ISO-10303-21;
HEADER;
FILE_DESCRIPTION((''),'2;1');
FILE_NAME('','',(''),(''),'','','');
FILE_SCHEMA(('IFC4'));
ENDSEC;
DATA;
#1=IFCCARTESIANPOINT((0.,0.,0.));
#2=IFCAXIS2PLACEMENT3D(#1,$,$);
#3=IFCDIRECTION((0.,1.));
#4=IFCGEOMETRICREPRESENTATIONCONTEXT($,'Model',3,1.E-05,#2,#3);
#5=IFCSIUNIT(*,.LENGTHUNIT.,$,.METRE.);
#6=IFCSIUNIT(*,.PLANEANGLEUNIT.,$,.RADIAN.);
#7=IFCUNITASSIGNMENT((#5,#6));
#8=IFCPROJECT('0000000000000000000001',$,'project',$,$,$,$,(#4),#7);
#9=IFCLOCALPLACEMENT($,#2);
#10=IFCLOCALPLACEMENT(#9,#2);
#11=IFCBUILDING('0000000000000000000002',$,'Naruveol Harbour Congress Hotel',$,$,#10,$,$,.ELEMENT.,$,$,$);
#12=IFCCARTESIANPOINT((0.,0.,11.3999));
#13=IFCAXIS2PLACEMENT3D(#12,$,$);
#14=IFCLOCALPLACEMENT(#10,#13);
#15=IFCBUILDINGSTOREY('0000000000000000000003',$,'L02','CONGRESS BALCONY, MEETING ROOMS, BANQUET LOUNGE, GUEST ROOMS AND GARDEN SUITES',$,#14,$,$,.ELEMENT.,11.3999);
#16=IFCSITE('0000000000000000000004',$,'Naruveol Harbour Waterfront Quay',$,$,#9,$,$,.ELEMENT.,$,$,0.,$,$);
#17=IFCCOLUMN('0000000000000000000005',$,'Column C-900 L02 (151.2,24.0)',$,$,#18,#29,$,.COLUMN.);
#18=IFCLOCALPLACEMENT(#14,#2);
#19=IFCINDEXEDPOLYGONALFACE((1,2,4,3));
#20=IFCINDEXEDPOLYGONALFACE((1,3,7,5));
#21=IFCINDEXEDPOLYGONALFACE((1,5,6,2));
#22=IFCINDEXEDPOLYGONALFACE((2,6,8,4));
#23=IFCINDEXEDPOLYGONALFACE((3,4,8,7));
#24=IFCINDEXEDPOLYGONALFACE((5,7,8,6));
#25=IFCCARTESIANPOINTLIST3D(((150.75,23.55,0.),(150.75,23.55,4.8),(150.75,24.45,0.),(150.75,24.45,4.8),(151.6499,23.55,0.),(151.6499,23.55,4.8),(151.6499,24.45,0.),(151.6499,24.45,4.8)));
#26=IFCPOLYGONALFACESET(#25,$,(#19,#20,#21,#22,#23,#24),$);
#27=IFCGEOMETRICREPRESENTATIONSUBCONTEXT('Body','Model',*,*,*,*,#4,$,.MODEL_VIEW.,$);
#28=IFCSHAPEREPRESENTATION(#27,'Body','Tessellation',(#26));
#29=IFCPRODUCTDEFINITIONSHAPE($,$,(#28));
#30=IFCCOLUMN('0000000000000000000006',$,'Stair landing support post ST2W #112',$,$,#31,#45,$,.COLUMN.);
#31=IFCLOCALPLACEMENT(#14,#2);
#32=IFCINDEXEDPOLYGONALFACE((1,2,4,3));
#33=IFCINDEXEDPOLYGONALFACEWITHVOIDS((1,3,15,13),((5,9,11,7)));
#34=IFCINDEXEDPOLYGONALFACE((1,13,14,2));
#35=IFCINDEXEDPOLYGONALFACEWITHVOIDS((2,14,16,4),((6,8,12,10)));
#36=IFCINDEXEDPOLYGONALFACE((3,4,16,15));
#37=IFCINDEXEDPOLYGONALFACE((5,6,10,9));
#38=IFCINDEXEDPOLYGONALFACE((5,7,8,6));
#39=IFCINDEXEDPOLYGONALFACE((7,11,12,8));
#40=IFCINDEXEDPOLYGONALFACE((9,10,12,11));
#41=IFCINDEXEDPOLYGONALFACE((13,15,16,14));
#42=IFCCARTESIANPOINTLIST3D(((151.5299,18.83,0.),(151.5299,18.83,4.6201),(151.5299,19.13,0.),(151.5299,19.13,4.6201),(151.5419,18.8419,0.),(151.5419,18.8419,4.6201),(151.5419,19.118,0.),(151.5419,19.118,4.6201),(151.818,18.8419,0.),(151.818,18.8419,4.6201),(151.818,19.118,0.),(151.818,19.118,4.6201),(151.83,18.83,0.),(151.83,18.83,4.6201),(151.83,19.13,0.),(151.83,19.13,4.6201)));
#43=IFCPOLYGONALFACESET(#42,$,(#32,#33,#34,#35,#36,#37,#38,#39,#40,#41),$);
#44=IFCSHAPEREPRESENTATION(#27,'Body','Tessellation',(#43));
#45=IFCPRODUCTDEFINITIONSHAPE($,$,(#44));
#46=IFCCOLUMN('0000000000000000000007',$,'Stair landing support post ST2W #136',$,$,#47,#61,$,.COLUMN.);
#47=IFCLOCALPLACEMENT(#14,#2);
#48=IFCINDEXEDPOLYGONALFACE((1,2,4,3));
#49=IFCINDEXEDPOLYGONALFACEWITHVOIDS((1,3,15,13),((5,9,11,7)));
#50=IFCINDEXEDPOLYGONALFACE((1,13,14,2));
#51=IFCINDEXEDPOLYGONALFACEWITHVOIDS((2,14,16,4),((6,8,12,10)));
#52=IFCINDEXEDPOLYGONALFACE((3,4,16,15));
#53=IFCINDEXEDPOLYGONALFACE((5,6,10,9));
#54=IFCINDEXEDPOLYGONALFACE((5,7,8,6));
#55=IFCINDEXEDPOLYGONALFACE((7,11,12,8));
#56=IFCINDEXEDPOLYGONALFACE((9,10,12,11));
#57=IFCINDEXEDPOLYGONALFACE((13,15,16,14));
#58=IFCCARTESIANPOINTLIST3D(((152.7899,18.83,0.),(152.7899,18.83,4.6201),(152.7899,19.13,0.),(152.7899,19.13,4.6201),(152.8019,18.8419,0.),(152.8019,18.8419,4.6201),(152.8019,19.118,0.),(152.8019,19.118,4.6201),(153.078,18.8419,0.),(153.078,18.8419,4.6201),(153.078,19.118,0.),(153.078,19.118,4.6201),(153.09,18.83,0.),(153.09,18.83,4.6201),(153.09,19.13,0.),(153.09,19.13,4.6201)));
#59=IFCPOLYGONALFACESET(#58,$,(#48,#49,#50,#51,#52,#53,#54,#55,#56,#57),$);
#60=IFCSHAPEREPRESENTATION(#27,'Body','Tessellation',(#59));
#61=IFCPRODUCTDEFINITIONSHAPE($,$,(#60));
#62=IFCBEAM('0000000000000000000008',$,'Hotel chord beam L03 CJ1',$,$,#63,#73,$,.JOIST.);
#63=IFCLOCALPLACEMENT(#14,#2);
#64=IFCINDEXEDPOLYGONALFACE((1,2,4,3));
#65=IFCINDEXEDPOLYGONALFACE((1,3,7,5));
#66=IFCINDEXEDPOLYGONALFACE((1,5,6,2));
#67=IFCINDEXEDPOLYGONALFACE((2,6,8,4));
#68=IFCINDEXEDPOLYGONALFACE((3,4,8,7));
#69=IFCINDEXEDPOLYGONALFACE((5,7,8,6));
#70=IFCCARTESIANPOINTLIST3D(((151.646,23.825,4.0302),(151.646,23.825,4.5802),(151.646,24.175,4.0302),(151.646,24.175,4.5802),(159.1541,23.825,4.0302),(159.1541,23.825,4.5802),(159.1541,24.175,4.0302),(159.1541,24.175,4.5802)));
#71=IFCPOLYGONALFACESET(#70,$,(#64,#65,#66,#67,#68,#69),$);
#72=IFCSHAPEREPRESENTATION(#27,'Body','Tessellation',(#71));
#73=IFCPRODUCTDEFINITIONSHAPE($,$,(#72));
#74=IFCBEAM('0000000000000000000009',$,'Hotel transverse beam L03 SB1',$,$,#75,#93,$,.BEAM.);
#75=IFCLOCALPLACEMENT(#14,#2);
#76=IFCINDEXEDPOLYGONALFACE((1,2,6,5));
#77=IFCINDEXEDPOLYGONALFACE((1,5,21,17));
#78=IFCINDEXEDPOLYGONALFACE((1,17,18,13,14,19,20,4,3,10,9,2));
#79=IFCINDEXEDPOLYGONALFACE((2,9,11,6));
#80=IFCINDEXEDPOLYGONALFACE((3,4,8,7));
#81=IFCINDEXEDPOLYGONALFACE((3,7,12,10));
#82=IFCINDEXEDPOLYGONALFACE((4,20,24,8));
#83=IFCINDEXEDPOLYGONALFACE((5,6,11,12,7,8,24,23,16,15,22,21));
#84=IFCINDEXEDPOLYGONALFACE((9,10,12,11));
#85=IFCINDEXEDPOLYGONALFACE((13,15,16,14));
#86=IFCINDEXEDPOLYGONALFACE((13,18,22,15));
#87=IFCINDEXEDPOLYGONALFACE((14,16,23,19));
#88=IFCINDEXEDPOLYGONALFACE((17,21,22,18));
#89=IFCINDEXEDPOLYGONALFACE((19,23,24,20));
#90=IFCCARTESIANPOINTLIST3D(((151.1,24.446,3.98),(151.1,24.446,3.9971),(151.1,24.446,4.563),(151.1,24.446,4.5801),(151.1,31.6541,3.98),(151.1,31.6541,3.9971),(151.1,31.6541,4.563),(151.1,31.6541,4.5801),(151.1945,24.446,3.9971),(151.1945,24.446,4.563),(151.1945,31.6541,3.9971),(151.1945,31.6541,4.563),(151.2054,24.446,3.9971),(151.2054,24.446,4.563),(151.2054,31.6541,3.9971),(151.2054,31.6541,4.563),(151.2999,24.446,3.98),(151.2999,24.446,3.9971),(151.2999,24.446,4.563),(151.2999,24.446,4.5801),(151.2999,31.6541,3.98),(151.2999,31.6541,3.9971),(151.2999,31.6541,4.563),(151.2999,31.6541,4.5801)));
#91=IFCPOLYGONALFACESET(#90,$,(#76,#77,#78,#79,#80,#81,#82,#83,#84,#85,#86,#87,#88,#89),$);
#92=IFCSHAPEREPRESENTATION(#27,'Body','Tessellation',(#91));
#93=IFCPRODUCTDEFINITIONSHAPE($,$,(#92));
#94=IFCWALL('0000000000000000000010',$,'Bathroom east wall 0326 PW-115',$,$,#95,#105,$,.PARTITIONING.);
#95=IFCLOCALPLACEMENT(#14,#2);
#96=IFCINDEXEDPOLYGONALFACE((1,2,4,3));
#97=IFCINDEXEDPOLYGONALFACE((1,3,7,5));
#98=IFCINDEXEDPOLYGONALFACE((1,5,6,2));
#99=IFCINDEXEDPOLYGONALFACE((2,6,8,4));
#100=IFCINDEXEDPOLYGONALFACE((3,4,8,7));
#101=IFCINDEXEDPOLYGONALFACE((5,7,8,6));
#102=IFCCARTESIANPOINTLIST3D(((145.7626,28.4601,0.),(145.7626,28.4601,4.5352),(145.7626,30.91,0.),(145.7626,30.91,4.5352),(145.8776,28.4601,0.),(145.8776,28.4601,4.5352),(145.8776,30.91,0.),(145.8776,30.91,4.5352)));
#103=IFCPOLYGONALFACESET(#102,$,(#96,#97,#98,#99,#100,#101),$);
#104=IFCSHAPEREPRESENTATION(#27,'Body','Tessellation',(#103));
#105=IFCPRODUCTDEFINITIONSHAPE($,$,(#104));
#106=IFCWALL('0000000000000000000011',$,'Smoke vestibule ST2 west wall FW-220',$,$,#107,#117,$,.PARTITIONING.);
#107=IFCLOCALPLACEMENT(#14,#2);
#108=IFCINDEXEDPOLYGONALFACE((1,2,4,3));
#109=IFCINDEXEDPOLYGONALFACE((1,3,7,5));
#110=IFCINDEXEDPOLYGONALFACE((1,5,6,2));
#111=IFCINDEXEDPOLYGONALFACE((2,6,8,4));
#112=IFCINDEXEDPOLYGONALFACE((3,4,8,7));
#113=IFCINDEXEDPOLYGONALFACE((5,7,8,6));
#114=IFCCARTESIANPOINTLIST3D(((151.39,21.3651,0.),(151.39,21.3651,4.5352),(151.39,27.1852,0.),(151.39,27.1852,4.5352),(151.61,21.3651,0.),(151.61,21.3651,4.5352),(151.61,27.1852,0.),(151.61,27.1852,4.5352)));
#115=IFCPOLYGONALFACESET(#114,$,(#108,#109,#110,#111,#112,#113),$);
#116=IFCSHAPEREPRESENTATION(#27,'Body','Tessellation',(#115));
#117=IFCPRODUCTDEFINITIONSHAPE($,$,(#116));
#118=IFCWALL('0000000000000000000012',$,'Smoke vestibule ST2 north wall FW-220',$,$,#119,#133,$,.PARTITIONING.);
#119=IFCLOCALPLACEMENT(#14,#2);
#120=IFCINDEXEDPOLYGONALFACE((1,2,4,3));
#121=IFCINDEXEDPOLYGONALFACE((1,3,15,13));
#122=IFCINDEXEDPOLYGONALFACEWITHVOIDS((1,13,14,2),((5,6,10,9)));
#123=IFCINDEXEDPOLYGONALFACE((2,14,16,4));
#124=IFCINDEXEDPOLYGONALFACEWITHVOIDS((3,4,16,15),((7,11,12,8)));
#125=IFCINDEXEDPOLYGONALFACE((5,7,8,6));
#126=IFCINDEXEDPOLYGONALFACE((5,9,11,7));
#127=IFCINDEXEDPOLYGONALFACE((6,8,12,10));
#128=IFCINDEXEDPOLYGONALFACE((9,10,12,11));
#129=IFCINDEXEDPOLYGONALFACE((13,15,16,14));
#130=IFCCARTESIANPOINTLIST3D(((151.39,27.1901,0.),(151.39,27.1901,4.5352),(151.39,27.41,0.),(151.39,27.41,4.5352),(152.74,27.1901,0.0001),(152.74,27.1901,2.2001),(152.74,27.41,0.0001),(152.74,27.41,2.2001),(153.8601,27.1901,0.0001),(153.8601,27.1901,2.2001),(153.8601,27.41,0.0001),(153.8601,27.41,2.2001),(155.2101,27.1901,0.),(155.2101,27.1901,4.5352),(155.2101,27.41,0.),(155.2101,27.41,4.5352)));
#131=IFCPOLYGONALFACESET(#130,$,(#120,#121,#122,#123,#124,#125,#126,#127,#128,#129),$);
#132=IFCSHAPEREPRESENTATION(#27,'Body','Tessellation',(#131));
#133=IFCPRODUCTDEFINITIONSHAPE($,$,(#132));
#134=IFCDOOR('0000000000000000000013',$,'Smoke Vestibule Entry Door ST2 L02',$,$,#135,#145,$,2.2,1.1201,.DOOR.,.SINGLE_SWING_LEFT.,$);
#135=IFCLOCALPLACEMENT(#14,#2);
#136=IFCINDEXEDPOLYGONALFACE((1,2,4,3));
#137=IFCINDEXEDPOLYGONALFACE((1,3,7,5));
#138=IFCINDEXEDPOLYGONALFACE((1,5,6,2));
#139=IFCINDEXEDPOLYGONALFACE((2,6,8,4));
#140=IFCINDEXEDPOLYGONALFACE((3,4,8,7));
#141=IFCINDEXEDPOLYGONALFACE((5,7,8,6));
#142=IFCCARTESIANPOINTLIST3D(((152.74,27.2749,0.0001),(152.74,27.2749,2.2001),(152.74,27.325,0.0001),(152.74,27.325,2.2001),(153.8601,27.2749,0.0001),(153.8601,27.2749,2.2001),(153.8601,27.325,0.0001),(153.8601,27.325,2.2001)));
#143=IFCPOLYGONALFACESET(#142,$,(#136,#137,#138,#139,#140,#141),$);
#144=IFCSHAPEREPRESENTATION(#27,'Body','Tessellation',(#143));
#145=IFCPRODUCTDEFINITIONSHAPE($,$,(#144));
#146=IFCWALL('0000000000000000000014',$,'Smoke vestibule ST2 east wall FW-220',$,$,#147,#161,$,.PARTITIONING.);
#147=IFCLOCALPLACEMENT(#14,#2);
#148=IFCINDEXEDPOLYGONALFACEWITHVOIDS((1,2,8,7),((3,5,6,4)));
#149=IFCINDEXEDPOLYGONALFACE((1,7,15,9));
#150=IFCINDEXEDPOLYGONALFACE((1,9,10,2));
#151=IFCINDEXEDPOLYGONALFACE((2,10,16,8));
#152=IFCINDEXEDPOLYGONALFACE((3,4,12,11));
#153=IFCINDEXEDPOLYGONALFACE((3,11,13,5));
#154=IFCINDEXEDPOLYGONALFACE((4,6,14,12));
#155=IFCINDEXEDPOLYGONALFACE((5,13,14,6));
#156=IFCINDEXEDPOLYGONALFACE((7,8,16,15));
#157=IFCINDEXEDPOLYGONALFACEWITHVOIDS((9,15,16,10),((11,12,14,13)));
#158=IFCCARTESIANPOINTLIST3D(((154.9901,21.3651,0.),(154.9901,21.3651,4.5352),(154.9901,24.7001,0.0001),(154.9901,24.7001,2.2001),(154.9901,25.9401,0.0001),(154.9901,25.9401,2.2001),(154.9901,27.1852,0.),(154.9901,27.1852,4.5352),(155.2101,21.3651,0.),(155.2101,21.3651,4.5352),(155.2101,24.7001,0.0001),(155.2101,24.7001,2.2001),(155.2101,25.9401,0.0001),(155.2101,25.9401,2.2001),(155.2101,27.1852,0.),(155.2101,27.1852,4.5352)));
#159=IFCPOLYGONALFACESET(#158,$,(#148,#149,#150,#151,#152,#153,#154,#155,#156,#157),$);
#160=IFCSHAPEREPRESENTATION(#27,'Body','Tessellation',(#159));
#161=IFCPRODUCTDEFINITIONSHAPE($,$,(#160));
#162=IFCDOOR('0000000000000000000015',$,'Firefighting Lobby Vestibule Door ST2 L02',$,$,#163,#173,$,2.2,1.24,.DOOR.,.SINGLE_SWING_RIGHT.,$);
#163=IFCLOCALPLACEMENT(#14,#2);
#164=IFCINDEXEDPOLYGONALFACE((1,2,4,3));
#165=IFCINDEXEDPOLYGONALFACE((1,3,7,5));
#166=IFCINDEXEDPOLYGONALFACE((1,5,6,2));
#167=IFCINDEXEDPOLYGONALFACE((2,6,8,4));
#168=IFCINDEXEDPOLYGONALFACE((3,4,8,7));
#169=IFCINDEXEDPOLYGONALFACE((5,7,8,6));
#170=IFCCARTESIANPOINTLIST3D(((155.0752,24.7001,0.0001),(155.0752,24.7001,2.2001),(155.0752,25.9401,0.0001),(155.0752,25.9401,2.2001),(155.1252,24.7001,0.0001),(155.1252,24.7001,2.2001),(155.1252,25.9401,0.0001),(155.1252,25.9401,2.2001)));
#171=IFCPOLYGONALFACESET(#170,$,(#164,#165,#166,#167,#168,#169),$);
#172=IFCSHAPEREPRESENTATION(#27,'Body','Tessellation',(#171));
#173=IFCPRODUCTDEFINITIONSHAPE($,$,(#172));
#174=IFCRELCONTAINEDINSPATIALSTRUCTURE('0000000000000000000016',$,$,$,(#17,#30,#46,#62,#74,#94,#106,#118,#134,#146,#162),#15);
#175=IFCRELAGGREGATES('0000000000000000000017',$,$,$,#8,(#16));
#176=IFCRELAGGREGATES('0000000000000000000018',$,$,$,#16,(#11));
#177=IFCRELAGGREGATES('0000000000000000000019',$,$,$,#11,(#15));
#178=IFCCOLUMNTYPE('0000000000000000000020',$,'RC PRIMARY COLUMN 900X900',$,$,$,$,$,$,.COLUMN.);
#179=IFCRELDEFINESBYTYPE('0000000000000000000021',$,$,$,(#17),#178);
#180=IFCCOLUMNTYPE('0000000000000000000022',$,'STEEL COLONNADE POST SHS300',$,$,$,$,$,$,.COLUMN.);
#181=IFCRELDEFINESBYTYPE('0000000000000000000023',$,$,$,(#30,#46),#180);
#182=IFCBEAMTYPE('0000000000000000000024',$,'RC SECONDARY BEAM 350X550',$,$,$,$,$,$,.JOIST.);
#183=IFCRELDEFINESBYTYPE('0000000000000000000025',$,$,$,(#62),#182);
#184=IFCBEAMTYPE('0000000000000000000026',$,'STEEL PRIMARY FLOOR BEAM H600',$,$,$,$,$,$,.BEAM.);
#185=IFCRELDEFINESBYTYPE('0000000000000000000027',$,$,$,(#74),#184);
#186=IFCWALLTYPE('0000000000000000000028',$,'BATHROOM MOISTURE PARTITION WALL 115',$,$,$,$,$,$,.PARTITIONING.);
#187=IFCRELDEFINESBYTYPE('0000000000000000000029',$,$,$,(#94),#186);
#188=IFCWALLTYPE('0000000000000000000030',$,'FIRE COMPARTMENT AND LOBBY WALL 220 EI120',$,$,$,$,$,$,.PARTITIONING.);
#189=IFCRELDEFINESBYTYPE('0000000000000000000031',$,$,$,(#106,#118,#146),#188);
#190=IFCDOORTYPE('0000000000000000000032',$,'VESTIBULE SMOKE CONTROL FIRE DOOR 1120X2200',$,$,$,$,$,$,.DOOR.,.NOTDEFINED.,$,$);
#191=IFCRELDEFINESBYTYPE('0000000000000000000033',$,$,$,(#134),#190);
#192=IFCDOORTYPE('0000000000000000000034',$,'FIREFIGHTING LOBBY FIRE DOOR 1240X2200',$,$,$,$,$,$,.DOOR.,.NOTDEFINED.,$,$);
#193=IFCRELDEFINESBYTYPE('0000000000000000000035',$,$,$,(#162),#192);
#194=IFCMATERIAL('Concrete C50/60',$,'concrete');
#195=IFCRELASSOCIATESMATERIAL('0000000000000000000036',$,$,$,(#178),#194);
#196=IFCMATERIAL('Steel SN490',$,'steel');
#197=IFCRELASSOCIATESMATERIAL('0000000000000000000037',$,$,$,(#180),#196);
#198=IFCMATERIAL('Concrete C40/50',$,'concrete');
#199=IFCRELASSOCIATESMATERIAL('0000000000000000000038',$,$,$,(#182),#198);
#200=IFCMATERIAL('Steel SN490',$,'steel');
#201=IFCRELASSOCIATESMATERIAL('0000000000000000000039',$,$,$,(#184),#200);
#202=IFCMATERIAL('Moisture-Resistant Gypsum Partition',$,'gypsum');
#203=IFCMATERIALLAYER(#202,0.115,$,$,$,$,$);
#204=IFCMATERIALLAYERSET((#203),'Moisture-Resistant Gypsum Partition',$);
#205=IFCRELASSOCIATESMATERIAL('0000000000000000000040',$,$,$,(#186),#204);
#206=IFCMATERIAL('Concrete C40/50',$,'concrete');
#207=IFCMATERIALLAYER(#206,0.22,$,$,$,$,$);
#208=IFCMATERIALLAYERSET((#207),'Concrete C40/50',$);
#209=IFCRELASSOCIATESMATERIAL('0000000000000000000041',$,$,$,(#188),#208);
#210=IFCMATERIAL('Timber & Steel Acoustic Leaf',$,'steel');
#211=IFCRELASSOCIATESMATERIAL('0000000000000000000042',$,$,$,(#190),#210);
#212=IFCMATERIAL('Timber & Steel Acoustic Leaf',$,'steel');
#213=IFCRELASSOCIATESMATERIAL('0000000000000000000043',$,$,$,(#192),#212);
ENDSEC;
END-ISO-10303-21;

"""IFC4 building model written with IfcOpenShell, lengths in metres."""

from ifc_helpers import new_model, si_unit, direction, frame, frame_2d, origin, origin_2d, place, context, subcontext, project, spatial, rectangle, hollow_rectangle, i_section, extrude, material, layer, layer_set, material_profile, profile_set, type_object, element, fill, save


model = new_model("IFC4")

# Units and contexts
model_context = context("Model", 3, precision=1e-05, world=origin(), true_north=direction((0.0, 1.0)))
body_context = subcontext(model_context, "Body", "Model", "MODEL_VIEW")
ifc_project = project(units=[si_unit("LENGTHUNIT", "METRE"), si_unit("PLANEANGLEUNIT", "RADIAN")], contexts=[model_context])

# Site, building, storey
site_placement = place(None, origin())
site = spatial("IfcSite", under=ifc_project, at=site_placement, Name="Naruveol Harbour Waterfront Quay", CompositionType="ELEMENT", RefElevation=0.0)
building_placement = place(site_placement, origin())
building = spatial("IfcBuilding", under=site, at=building_placement, Name="Naruveol Harbour Congress Hotel", CompositionType="ELEMENT")
storey_placement = place(building_placement, frame((0.0, 0.0, 11.3999)))
storey = spatial("IfcBuildingStorey", under=building, at=storey_placement, Name="L02", Description="CONGRESS BALCONY, MEETING ROOMS, BANQUET LOUNGE, GUEST ROOMS AND GARDEN SUITES", CompositionType="ELEMENT", Elevation=11.3999)

# Columns
ifc_material_1 = material(Name="Concrete C50/60", Category="concrete")
ifc_material_profile_1 = material_profile(ifc_material_1, rectangle(XDim=0.8999, YDim=0.8999, at=origin_2d()), Name="RC-900x900")
ifc_profile_set_1 = profile_set([ifc_material_profile_1], Name="Concrete C50/60")
column_type_1 = type_object("IfcColumnType", Name="RC PRIMARY COLUMN 900X900", PredefinedType="COLUMN", material=ifc_profile_set_1)
column_placement = place(storey_placement, frame((151.2, 24.0, 0.0), z_axis=(0.0, 0.0, 1.0), x_axis=(1.0, 0.0, 0.0)))
element("IfcColumn", 1, at=column_placement, inside=storey, type_object=column_type_1, Name="Column C-900 L02 (151.2,24.0)", PredefinedType="COLUMN", context=body_context, shape_type="SweptSolid", body=[
    extrude(rectangle(XDim=0.8999, YDim=0.8999, at=origin_2d()), origin(), (0.0, 0.0, 1.0), 4.8),
])
ifc_material_2 = material(Name="Steel SN490", Category="steel")
ifc_material_profile_2 = material_profile(ifc_material_2, hollow_rectangle(XDim=0.3, YDim=0.3, WallThickness=0.012, at=origin_2d()), Name="SHS-300x300x12")
ifc_profile_set_2 = profile_set([ifc_material_profile_2], Name="Steel SN490")
column_type_2 = type_object("IfcColumnType", Name="STEEL COLONNADE POST SHS300", PredefinedType="COLUMN", material=ifc_profile_set_2)
for number, where, z_axis, x_axis, name in (
    (2, (151.6799, 18.98, 0.0), (0.0, 0.0, 1.0), (1.0, 0.0, 0.0), "Stair landing support post ST2W #112"),
    (3, (152.9399, 18.98, 0.0), (0.0, 0.0, 1.0), (1.0, 0.0, 0.0), "Stair landing support post ST2W #136"),
):
    element("IfcColumn", number, at=place(storey_placement, frame(where, z_axis=z_axis, x_axis=x_axis)), inside=storey, type_object=column_type_2, Name=name, PredefinedType="COLUMN", context=body_context, shape_type="SweptSolid", body=[
        extrude(hollow_rectangle(XDim=0.3, YDim=0.3, WallThickness=0.012, at=origin_2d()), origin(), (0.0, 0.0, 1.0), 4.6201),
    ])

# Beams
ifc_material_3 = material(Name="Concrete C40/50", Category="concrete")
ifc_material_profile_3 = material_profile(ifc_material_3, rectangle(XDim=0.3501, YDim=0.55, at=origin_2d()), Name="RCB-350x550")
ifc_profile_set_3 = profile_set([ifc_material_profile_3], Name="Concrete C40/50")
beam_type_1 = type_object("IfcBeamType", Name="RC SECONDARY BEAM 350X550", PredefinedType="JOIST", material=ifc_profile_set_3)
beam_1_placement = place(storey_placement, frame((151.646, 24.0, 4.3052), z_axis=(1.0, 0.0, 0.0), x_axis=(0.0, 1.0, 0.0)))
element("IfcBeam", 4, at=beam_1_placement, inside=storey, type_object=beam_type_1, Name="Hotel chord beam L03 CJ1", PredefinedType="JOIST", context=body_context, shape_type="SweptSolid", body=[
    extrude(rectangle(XDim=0.3501, YDim=0.55, at=origin_2d()), origin(), (0.0, 0.0, 1.0), 7.5081),
])
ifc_material_4 = material(Name="Steel SN490", Category="steel")
ifc_material_profile_4 = material_profile(ifc_material_4, i_section(OverallWidth=0.2, OverallDepth=0.6001, WebThickness=0.011, FlangeThickness=0.0171, at=origin_2d()), Name="H-600x200x11x17")
ifc_profile_set_4 = profile_set([ifc_material_profile_4], Name="Steel SN490")
beam_type_2 = type_object("IfcBeamType", Name="STEEL PRIMARY FLOOR BEAM H600", PredefinedType="BEAM", material=ifc_profile_set_4)
beam_2_placement = place(storey_placement, frame((151.2, 24.446, 4.28), z_axis=(0.0, 1.0, 0.0), x_axis=(-1.0, 0.0, 0.0)))
element("IfcBeam", 5, at=beam_2_placement, inside=storey, type_object=beam_type_2, Name="Hotel transverse beam L03 SB1", PredefinedType="BEAM", context=body_context, shape_type="SweptSolid", body=[
    extrude(i_section(OverallWidth=0.2, OverallDepth=0.6001, WebThickness=0.011, FlangeThickness=0.0171, at=origin_2d()), origin(), (0.0, 0.0, 1.0), 7.208),
])

# Walls
ifc_material_5 = material(Name="Moisture-Resistant Gypsum Partition", Category="gypsum")
ifc_layer_1 = layer(ifc_material_5, 0.115)
ifc_layer_set_1 = layer_set([ifc_layer_1], Name="Moisture-Resistant Gypsum Partition")
wall_type_1 = type_object("IfcWallType", Name="BATHROOM MOISTURE PARTITION WALL 115", PredefinedType="PARTITIONING", material=ifc_layer_set_1)
wall_1_placement = place(storey_placement, frame((145.8201, 28.46, 0.0), z_axis=(0.0, 0.0, 1.0), x_axis=(0.0, 1.0, 0.0)))
element("IfcWall", 6, at=wall_1_placement, inside=storey, type_object=wall_type_1, Name="Bathroom east wall 0326 PW-115", PredefinedType="PARTITIONING", context=body_context, shape_type="SweptSolid", body=[
    extrude(rectangle(XDim=2.45, YDim=0.115, at=frame_2d((1.2251, 0.0))), origin(), (0.0, 0.0, 1.0), 4.5352),
])
ifc_material_6 = material(Name="Concrete C40/50", Category="concrete")
ifc_layer_2 = layer(ifc_material_6, 0.22)
ifc_layer_set_2 = layer_set([ifc_layer_2], Name="Concrete C40/50")
wall_type_2 = type_object("IfcWallType", Name="FIRE COMPARTMENT AND LOBBY WALL 220 EI120", PredefinedType="PARTITIONING", material=ifc_layer_set_2)
wall_2_placement = place(storey_placement, frame((151.5, 21.365, 0.0), z_axis=(0.0, 0.0, 1.0), x_axis=(0.0, 1.0, 0.0)))
element("IfcWall", 7, at=wall_2_placement, inside=storey, type_object=wall_type_2, Name="Smoke vestibule ST2 west wall FW-220", PredefinedType="PARTITIONING", context=body_context, shape_type="SweptSolid", body=[
    extrude(rectangle(XDim=5.8201, YDim=0.22, at=frame_2d((2.9102, 0.0))), origin(), (0.0, 0.0, 1.0), 4.5352),
])

# Walls, openings, doors
wall_3_placement = place(storey_placement, frame((151.3899, 27.3, 0.0), z_axis=(0.0, 0.0, 1.0), x_axis=(1.0, 0.0, 0.0)))
wall_3 = element("IfcWall", 8, at=wall_3_placement, inside=storey, type_object=wall_type_2, Name="Smoke vestibule ST2 north wall FW-220", PredefinedType="PARTITIONING", context=body_context, shape_type="SweptSolid", body=[
    extrude(rectangle(XDim=3.8201, YDim=0.22, at=frame_2d((1.9102, 0.0))), origin(), (0.0, 0.0, 1.0), 4.5352),
])
opening_1_placement = place(wall_3_placement, frame((1.3501, 0.0, 0.0)))
opening_1 = element("IfcOpeningElement", 9, at=opening_1_placement, cuts=wall_3, PredefinedType="OPENING", context=body_context, shape_type="SweptSolid", body=[
    extrude(rectangle(XDim=1.1201, YDim=2.2, at=frame_2d((0.5601, 1.1001))), frame((0.0, 0.1199, 0.0), z_axis=(0.0, -1.0, 0.0), x_axis=(1.0, 0.0, 0.0)), (0.0, 0.0, 1.0), 0.24),
])
ifc_material_7 = material(Name="Timber & Steel Acoustic Leaf", Category="steel")
door_type_1 = type_object("IfcDoorType", Name="VESTIBULE SMOKE CONTROL FIRE DOOR 1120X2200", OperationType="NOTDEFINED", PredefinedType="DOOR", material=ifc_material_7)
door_1_placement = place(opening_1_placement, origin())
door_1 = element("IfcDoor", 10, at=door_1_placement, inside=storey, type_object=door_type_1, Name="Smoke Vestibule Entry Door ST2 L02", OperationType="SINGLE_SWING_LEFT", OverallHeight=2.2, OverallWidth=1.1201, PredefinedType="DOOR", context=body_context, shape_type="SweptSolid", body=[
    extrude(rectangle(XDim=1.1201, YDim=2.2, at=frame_2d((0.5601, 1.1001))), frame((0.0, 0.0249, 0.0), z_axis=(0.0, -1.0, 0.0), x_axis=(1.0, 0.0, 0.0)), (0.0, 0.0, 1.0), 0.05),
])
fill(opening_1, door_1)
wall_4_placement = place(storey_placement, frame((155.1001, 21.365, 0.0), z_axis=(0.0, 0.0, 1.0), x_axis=(0.0, 1.0, 0.0)))
wall_4 = element("IfcWall", 11, at=wall_4_placement, inside=storey, type_object=wall_type_2, Name="Smoke vestibule ST2 east wall FW-220", PredefinedType="PARTITIONING", context=body_context, shape_type="SweptSolid", body=[
    extrude(rectangle(XDim=5.8201, YDim=0.22, at=frame_2d((2.9102, 0.0))), origin(), (0.0, 0.0, 1.0), 4.5352),
])
opening_2_placement = place(wall_4_placement, frame((3.335, 0.0, 0.0)))
opening_2 = element("IfcOpeningElement", 12, at=opening_2_placement, cuts=wall_4, PredefinedType="OPENING", context=body_context, shape_type="SweptSolid", body=[
    extrude(rectangle(XDim=1.24, YDim=2.2, at=frame_2d((0.6201, 1.1001))), frame((0.0, 0.1199, 0.0), z_axis=(0.0, -1.0, 0.0), x_axis=(1.0, 0.0, 0.0)), (0.0, 0.0, 1.0), 0.24),
])
ifc_material_8 = material(Name="Timber & Steel Acoustic Leaf", Category="steel")
door_type_2 = type_object("IfcDoorType", Name="FIREFIGHTING LOBBY FIRE DOOR 1240X2200", OperationType="NOTDEFINED", PredefinedType="DOOR", material=ifc_material_8)
door_2_placement = place(opening_2_placement, origin())
door_2 = element("IfcDoor", 13, at=door_2_placement, inside=storey, type_object=door_type_2, Name="Firefighting Lobby Vestibule Door ST2 L02", OperationType="SINGLE_SWING_RIGHT", OverallHeight=2.2, OverallWidth=1.24, PredefinedType="DOOR", context=body_context, shape_type="SweptSolid", body=[
    extrude(rectangle(XDim=1.24, YDim=2.2, at=frame_2d((0.6201, 1.1001))), frame((0.0, 0.0249, 0.0), z_axis=(0.0, -1.0, 0.0), x_axis=(1.0, 0.0, 0.0)), (0.0, 0.0, 1.0), 0.05),
])
fill(opening_2, door_2)

save(model, "model.ifc")
